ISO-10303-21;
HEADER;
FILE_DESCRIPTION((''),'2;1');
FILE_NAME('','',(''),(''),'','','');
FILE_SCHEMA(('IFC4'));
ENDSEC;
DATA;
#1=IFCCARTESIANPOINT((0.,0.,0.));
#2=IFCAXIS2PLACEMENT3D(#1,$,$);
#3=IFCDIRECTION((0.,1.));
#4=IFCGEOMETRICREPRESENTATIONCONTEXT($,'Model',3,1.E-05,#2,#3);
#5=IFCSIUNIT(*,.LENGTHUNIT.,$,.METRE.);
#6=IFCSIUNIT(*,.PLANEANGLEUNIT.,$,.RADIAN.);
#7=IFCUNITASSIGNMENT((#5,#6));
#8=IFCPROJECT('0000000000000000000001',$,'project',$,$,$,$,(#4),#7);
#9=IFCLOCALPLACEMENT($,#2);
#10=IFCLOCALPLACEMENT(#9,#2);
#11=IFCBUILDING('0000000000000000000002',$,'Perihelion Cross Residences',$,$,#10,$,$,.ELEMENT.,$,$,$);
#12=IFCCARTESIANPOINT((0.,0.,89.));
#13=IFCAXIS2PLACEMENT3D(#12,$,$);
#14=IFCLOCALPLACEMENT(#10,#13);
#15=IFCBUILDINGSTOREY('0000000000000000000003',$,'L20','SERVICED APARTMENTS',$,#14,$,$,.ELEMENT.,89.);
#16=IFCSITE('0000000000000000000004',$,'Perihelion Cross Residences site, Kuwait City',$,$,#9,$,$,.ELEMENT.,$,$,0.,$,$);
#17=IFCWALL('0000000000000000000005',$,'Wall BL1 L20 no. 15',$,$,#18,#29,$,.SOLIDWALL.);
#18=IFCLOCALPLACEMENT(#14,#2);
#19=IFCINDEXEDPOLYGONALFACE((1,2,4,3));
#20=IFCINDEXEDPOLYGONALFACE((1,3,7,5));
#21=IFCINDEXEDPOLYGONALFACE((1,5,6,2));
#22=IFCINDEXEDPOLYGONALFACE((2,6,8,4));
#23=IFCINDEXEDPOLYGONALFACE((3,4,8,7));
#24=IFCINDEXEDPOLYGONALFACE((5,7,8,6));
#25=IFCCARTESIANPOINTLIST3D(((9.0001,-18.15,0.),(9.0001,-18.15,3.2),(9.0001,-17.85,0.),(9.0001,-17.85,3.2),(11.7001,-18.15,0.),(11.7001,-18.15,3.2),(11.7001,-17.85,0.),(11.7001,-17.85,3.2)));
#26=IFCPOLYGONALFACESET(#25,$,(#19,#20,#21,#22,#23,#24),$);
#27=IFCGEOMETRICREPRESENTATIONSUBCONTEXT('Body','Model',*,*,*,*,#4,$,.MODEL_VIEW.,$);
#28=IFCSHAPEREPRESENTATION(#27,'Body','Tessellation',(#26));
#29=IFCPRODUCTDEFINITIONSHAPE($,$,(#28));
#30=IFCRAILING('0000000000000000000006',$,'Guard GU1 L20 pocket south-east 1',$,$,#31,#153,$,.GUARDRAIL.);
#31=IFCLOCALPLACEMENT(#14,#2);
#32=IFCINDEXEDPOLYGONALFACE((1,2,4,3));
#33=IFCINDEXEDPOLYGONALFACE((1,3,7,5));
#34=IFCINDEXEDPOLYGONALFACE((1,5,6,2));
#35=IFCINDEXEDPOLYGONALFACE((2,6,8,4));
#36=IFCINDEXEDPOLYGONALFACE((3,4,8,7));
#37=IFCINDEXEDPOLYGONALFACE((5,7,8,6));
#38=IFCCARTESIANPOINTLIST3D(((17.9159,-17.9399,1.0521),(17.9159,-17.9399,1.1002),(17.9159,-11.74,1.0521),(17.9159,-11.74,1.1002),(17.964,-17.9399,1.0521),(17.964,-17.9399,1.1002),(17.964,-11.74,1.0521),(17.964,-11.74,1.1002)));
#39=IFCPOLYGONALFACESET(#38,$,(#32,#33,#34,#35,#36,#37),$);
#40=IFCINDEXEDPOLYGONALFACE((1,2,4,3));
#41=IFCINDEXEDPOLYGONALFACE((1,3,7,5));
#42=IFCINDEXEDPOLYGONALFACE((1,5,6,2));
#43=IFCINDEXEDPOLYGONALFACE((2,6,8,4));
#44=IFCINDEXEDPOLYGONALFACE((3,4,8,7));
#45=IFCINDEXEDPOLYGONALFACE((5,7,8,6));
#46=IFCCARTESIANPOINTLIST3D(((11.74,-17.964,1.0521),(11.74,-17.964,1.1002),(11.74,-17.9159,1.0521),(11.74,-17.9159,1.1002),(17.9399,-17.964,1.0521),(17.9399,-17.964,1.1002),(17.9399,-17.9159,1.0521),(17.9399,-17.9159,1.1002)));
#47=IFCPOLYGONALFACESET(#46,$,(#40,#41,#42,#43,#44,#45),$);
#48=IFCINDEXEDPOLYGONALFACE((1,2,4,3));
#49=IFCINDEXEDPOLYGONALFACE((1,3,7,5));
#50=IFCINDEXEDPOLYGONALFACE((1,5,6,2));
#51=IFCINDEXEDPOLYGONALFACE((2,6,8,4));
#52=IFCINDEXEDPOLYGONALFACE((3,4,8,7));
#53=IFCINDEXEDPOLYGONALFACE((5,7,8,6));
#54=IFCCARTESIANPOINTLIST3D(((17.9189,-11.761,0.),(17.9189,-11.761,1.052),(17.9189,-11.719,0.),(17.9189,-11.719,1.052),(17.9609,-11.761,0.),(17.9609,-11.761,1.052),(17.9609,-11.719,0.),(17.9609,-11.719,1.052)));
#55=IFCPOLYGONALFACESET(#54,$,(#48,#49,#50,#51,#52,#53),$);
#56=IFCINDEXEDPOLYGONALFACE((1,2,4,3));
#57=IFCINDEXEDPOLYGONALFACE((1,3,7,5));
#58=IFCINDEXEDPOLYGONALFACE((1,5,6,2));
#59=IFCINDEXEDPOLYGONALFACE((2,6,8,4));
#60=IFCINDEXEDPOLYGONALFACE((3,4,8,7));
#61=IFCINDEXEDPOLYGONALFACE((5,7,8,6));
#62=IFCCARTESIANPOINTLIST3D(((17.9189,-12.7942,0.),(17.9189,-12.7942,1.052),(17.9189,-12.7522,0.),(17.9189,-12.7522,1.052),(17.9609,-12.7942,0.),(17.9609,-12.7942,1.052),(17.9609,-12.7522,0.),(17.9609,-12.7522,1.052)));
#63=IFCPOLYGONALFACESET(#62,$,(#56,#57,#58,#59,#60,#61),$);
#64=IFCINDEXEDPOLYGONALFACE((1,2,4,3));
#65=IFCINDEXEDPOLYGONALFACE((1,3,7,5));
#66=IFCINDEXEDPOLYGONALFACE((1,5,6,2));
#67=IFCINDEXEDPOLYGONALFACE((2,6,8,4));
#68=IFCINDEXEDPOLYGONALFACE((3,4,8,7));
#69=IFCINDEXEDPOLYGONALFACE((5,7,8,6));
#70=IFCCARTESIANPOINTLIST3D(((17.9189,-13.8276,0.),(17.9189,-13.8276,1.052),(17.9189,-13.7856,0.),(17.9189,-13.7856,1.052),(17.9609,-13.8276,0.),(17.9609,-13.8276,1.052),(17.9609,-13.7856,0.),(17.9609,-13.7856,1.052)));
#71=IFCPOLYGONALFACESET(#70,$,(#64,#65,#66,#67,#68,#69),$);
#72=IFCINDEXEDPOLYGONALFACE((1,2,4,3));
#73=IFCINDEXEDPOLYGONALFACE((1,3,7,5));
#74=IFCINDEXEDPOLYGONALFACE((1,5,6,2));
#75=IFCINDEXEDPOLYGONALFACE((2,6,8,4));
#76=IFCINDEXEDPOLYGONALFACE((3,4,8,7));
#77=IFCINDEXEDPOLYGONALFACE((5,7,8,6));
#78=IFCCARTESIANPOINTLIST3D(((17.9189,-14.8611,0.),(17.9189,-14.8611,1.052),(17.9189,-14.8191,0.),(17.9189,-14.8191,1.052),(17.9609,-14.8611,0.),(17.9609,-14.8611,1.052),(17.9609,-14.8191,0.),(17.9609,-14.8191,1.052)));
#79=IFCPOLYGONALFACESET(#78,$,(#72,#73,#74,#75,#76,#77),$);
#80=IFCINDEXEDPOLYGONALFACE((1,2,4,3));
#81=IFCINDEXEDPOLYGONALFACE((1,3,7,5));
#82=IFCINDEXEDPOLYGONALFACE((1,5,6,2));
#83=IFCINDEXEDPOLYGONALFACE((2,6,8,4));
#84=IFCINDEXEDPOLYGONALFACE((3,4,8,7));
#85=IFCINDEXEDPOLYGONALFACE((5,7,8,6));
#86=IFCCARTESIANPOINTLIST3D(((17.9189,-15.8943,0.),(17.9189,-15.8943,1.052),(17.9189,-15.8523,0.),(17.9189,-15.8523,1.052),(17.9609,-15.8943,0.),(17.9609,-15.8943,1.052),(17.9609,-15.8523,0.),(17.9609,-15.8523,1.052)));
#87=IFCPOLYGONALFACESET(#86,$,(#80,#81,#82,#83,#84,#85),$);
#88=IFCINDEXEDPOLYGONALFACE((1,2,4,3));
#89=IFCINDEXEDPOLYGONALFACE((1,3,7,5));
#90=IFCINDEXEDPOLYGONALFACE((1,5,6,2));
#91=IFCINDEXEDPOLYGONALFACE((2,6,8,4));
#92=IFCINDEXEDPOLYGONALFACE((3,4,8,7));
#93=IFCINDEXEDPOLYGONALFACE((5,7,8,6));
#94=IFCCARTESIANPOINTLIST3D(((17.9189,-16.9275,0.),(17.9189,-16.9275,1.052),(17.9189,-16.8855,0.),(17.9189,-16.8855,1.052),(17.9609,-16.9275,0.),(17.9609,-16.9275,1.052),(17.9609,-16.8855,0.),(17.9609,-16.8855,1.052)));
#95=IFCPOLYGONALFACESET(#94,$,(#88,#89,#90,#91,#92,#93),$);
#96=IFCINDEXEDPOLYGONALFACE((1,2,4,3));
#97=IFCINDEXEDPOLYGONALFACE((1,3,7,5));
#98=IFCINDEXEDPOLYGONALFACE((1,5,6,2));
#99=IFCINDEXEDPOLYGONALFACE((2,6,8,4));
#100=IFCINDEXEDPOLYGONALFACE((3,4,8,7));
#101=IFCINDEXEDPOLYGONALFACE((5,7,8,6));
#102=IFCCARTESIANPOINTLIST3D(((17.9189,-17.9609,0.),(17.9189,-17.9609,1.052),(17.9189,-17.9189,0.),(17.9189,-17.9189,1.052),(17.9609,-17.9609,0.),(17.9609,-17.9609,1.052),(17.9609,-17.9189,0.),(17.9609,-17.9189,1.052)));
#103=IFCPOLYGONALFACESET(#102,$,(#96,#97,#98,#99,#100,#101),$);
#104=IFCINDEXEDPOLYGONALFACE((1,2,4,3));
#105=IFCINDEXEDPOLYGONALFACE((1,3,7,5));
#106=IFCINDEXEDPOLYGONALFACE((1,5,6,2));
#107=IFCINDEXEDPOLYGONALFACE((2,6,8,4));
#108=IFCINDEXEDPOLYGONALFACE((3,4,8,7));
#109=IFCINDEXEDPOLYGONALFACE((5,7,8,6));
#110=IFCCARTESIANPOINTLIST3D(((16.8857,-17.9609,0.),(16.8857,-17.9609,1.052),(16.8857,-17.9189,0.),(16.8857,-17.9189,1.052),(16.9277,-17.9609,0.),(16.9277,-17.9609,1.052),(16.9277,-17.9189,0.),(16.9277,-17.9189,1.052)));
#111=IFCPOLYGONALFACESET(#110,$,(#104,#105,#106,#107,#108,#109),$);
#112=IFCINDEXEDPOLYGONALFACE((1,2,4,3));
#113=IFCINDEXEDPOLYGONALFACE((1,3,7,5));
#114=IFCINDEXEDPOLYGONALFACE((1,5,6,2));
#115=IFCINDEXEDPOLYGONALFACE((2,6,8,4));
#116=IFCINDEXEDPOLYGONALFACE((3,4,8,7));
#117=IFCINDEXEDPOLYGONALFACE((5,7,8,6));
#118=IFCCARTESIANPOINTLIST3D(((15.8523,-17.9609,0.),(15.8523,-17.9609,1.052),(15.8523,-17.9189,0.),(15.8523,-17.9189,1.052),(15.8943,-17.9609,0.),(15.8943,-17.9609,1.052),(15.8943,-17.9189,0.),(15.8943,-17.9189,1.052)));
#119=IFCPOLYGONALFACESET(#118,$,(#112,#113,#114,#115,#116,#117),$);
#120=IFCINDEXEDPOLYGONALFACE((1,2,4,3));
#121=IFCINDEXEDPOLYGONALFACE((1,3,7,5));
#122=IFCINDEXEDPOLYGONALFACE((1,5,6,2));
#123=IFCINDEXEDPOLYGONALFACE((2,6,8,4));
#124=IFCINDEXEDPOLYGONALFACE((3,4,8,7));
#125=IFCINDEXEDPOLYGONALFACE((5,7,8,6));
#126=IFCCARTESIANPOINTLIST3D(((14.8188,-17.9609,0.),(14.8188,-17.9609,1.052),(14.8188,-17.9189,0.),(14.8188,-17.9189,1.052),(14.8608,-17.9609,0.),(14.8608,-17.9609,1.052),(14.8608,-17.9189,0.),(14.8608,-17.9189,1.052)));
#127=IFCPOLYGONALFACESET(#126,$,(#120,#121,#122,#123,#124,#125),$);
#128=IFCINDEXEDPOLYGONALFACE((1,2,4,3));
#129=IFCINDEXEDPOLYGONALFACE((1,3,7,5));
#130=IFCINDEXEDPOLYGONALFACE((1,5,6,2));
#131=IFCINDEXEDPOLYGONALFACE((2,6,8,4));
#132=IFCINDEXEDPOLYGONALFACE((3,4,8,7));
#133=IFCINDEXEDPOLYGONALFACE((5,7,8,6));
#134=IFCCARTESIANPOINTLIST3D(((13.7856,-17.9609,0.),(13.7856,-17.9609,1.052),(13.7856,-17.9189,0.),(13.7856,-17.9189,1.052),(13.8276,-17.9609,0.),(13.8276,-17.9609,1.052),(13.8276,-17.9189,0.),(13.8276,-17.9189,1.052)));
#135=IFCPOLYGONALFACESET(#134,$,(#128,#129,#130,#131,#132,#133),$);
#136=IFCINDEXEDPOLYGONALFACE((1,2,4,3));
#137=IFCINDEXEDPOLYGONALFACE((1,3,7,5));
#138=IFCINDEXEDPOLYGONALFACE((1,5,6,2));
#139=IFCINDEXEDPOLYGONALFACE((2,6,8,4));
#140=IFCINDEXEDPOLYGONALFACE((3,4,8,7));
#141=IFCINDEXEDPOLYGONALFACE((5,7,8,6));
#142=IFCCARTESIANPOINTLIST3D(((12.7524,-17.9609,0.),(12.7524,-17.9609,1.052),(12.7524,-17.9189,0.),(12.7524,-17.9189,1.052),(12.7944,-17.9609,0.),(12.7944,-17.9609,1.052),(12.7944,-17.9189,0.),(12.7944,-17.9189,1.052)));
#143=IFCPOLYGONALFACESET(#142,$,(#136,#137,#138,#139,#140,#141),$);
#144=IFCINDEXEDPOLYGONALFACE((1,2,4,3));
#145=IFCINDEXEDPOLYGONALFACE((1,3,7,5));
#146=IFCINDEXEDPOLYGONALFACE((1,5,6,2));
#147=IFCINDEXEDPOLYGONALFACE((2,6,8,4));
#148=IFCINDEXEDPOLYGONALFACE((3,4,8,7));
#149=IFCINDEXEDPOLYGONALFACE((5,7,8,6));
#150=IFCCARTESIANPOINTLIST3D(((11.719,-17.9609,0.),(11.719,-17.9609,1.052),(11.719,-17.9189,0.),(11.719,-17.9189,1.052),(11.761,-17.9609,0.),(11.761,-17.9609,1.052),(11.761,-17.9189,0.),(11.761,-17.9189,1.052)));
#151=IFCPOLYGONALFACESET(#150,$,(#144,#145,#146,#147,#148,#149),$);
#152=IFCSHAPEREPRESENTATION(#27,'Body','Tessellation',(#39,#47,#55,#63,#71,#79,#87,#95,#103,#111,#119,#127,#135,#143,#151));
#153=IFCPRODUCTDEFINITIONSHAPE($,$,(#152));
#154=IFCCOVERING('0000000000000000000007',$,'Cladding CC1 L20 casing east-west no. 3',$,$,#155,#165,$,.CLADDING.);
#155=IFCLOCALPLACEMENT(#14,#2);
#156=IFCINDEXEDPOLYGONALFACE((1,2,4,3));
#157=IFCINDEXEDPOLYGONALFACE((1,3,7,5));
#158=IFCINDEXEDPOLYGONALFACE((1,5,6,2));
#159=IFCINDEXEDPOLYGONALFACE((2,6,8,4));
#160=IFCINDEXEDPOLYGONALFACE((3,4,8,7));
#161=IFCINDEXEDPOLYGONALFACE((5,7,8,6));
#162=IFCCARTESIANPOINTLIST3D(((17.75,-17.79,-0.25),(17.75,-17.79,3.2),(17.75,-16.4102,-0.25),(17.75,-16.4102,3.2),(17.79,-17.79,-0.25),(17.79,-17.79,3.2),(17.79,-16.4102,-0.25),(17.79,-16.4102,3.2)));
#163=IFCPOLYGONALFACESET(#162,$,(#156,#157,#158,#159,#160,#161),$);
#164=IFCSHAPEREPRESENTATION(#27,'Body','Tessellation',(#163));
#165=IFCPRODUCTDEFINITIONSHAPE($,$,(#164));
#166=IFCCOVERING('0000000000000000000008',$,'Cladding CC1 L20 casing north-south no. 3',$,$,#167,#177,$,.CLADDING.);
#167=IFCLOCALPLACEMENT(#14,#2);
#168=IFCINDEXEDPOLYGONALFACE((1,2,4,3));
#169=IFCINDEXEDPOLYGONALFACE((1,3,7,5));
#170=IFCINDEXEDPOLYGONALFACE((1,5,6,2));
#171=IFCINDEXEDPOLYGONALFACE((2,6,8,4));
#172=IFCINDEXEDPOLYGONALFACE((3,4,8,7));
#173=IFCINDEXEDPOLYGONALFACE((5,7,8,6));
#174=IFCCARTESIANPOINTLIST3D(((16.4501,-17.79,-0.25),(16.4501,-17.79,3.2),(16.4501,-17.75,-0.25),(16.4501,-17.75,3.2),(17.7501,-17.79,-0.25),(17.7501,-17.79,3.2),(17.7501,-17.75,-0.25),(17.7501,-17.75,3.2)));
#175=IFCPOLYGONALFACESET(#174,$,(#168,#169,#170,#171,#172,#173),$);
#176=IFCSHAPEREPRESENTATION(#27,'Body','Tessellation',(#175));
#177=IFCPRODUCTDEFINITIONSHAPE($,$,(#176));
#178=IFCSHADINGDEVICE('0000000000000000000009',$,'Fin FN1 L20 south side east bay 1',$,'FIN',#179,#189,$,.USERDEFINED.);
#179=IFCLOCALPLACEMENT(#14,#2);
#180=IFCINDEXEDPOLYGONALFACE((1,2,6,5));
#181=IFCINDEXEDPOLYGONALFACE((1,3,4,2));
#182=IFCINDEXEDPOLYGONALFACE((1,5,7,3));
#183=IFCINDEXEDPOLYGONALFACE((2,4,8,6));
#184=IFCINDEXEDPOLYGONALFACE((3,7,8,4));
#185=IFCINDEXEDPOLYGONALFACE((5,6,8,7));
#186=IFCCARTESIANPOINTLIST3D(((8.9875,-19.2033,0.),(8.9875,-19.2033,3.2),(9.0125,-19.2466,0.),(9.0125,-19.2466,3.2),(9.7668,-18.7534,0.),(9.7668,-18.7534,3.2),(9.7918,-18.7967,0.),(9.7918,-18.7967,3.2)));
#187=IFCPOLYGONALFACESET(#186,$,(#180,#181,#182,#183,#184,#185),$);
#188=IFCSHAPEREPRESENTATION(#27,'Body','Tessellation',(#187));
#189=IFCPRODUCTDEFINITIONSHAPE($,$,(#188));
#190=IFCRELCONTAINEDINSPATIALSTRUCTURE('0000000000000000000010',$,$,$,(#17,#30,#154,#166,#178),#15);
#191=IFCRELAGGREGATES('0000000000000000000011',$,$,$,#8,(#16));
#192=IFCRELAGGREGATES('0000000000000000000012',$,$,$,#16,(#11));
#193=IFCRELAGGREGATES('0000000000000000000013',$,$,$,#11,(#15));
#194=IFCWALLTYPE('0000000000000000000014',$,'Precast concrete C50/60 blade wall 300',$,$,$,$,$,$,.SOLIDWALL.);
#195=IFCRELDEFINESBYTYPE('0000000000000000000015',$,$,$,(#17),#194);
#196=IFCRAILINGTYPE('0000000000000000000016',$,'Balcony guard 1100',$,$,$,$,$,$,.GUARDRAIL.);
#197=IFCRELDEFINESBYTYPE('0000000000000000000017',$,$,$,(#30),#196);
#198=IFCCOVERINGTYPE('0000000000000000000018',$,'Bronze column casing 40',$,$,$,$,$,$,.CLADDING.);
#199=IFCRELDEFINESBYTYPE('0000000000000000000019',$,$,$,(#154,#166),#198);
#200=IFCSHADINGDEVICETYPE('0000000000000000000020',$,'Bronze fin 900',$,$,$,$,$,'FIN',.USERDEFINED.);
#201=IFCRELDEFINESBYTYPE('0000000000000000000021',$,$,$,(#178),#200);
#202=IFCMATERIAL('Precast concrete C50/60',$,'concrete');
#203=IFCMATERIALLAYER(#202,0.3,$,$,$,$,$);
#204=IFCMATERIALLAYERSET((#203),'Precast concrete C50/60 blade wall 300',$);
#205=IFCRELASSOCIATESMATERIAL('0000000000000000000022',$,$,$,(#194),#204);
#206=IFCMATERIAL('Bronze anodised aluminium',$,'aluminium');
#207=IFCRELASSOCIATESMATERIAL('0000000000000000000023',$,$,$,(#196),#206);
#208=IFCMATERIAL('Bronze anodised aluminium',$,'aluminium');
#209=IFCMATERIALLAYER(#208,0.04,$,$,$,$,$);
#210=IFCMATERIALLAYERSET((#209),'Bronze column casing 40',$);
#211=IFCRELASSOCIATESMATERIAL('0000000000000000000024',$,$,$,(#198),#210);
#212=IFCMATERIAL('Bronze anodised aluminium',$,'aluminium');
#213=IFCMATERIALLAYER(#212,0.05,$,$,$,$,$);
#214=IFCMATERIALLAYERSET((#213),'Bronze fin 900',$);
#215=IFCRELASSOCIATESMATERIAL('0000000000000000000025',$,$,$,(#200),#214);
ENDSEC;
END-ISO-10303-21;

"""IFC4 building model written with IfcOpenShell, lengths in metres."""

from ifc_helpers import new_model, si_unit, direction, frame, frame_2d, origin, origin_2d, place, context, subcontext, project, spatial, rectangle, extrude, material, layer, layer_set, type_object, element, save


model = new_model("IFC4")

# Units and contexts
model_context = context("Model", 3, precision=1e-05, world=origin(), true_north=direction((0.0, 1.0)))
body_context = subcontext(model_context, "Body", "Model", "MODEL_VIEW")
ifc_project = project(units=[si_unit("LENGTHUNIT", "METRE"), si_unit("PLANEANGLEUNIT", "RADIAN")], contexts=[model_context])

# Site, building, storey
site_placement = place(None, origin())
site = spatial("IfcSite", under=ifc_project, at=site_placement, Name="Perihelion Cross Residences site, Kuwait City", CompositionType="ELEMENT", RefElevation=0.0)
building_placement = place(site_placement, origin())
building = spatial("IfcBuilding", under=site, at=building_placement, Name="Perihelion Cross Residences", CompositionType="ELEMENT")
storey_placement = place(building_placement, frame((0.0, 0.0, 89.0)))
storey = spatial("IfcBuildingStorey", under=building, at=storey_placement, Name="L20", Description="SERVICED APARTMENTS", CompositionType="ELEMENT", Elevation=89.0)

# Wall
ifc_material_1 = material(Name="Precast concrete C50/60", Category="concrete")
ifc_layer_1 = layer(ifc_material_1, 0.3)
ifc_layer_set_1 = layer_set([ifc_layer_1], Name="Precast concrete C50/60 blade wall 300")
wall_type_1 = type_object("IfcWallType", Name="Precast concrete C50/60 blade wall 300", PredefinedType="SOLIDWALL", material=ifc_layer_set_1)
wall_1_placement = place(storey_placement, frame((9.0, -18.0, 0.0), z_axis=(0.0, 0.0, 1.0), x_axis=(1.0, 0.0, 0.0)))
element("IfcWall", 1, at=wall_1_placement, inside=storey, type_object=wall_type_1, Name="Wall BL1 L20 no. 15", PredefinedType="SOLIDWALL", context=body_context, shape_type="SweptSolid", body=[
    extrude(rectangle(XDim=2.7, YDim=0.3, at=frame_2d((1.3501, 0.0))), origin(), (0.0, 0.0, 1.0), 3.2),
])

# Railing
ifc_material_2 = material(Name="Bronze anodised aluminium", Category="aluminium")
railing_type = type_object("IfcRailingType", Name="Balcony guard 1100", PredefinedType="GUARDRAIL", material=ifc_material_2)
railing_1_placement = place(storey_placement, frame((17.9399, -11.74, 0.0)))
element("IfcRailing", 2, at=railing_1_placement, inside=storey, type_object=railing_type, Name="Guard GU1 L20 pocket south-east 1", PredefinedType="GUARDRAIL", context=body_context, shape_type="SweptSolid", body=[
    extrude(rectangle(XDim=0.0481, YDim=0.0481, at=origin_2d()), frame((0.0, 0.0, 1.0762), z_axis=(0.0, -1.0, 0.0), x_axis=(1.0, 0.0, 0.0)), (0.0, 0.0, 1.0), 6.2),
    extrude(rectangle(XDim=0.0481, YDim=0.0481, at=origin_2d()), frame((0.0, -6.2, 1.0762), z_axis=(-1.0, 0.0, 0.0), x_axis=(0.0, -1.0, 0.0)), (0.0, 0.0, 1.0), 6.2),
    extrude(rectangle(XDim=0.042, YDim=0.042, at=origin_2d()), origin(), (0.0, 0.0, 1.0), 1.052),
    extrude(rectangle(XDim=0.042, YDim=0.042, at=origin_2d()), frame((0.0, -1.0332, 0.0)), (0.0, 0.0, 1.0), 1.052),
    extrude(rectangle(XDim=0.042, YDim=0.042, at=origin_2d()), frame((0.0, -2.0667, 0.0)), (0.0, 0.0, 1.0), 1.052),
    extrude(rectangle(XDim=0.042, YDim=0.042, at=origin_2d()), frame((0.0, -3.1001, 0.0)), (0.0, 0.0, 1.0), 1.052),
    extrude(rectangle(XDim=0.042, YDim=0.042, at=origin_2d()), frame((0.0, -4.1333, 0.0)), (0.0, 0.0, 1.0), 1.052),
    extrude(rectangle(XDim=0.042, YDim=0.042, at=origin_2d()), frame((0.0, -5.1665, 0.0)), (0.0, 0.0, 1.0), 1.052),
    extrude(rectangle(XDim=0.042, YDim=0.042, at=origin_2d()), frame((0.0, -6.2, 0.0)), (0.0, 0.0, 1.0), 1.052),
    extrude(rectangle(XDim=0.042, YDim=0.042, at=origin_2d()), frame((-1.0332, -6.2, 0.0)), (0.0, 0.0, 1.0), 1.052),
    extrude(rectangle(XDim=0.042, YDim=0.042, at=origin_2d()), frame((-2.0667, -6.2, 0.0)), (0.0, 0.0, 1.0), 1.052),
    extrude(rectangle(XDim=0.042, YDim=0.042, at=origin_2d()), frame((-3.1001, -6.2, 0.0)), (0.0, 0.0, 1.0), 1.052),
    extrude(rectangle(XDim=0.042, YDim=0.042, at=origin_2d()), frame((-4.1333, -6.2, 0.0)), (0.0, 0.0, 1.0), 1.052),
    extrude(rectangle(XDim=0.042, YDim=0.042, at=origin_2d()), frame((-5.1665, -6.2, 0.0)), (0.0, 0.0, 1.0), 1.052),
    extrude(rectangle(XDim=0.042, YDim=0.042, at=origin_2d()), frame((-6.2, -6.2, 0.0)), (0.0, 0.0, 1.0), 1.052),
])

# Coverings
ifc_material_3 = material(Name="Bronze anodised aluminium", Category="aluminium")
ifc_layer_2 = layer(ifc_material_3, 0.04)
ifc_layer_set_2 = layer_set([ifc_layer_2], Name="Bronze column casing 40")
covering_type = type_object("IfcCoveringType", Name="Bronze column casing 40", PredefinedType="CLADDING", material=ifc_layer_set_2)
covering_1_placement = place(storey_placement, frame((17.77, -17.1001, -0.25), z_axis=(0.0, 0.0, 1.0), x_axis=(1.0, 0.0, 0.0)))
element("IfcCovering", 3, at=covering_1_placement, inside=storey, type_object=covering_type, Name="Cladding CC1 L20 casing east-west no. 3", PredefinedType="CLADDING", context=body_context, shape_type="SweptSolid", body=[
    extrude(rectangle(XDim=0.04, YDim=1.3799, at=origin_2d()), origin(), (0.0, 0.0, 1.0), 3.45),
])
covering_2_placement = place(storey_placement, frame((17.1001, -17.77, -0.25), z_axis=(0.0, 0.0, 1.0), x_axis=(1.0, 0.0, 0.0)))
element("IfcCovering", 4, at=covering_2_placement, inside=storey, type_object=covering_type, Name="Cladding CC1 L20 casing north-south no. 3", PredefinedType="CLADDING", context=body_context, shape_type="SweptSolid", body=[
    extrude(rectangle(XDim=1.3, YDim=0.04, at=origin_2d()), origin(), (0.0, 0.0, 1.0), 3.45),
])

# Shading device
ifc_material_4 = material(Name="Bronze anodised aluminium", Category="aluminium")
ifc_layer_3 = layer(ifc_material_4, 0.05)
ifc_layer_set_3 = layer_set([ifc_layer_3], Name="Bronze fin 900")
shading_device_type = type_object("IfcShadingDeviceType", Name="Bronze fin 900", ElementType="FIN", PredefinedType="USERDEFINED", material=ifc_layer_set_3)
shading_device_placement = place(storey_placement, frame((9.3896, -19.0, 0.0), z_axis=(0.0, 0.0, 1.0), x_axis=(0.866025, 0.5, 0.0)))
element("IfcShadingDevice", 5, at=shading_device_placement, inside=storey, type_object=shading_device_type, Name="Fin FN1 L20 south side east bay 1", ObjectType="FIN", PredefinedType="USERDEFINED", context=body_context, shape_type="SweptSolid", body=[
    extrude(rectangle(XDim=0.8999, YDim=0.05, at=origin_2d()), origin(), (0.0, 0.0, 1.0), 3.2),
])

save(model, "model.ifc")
